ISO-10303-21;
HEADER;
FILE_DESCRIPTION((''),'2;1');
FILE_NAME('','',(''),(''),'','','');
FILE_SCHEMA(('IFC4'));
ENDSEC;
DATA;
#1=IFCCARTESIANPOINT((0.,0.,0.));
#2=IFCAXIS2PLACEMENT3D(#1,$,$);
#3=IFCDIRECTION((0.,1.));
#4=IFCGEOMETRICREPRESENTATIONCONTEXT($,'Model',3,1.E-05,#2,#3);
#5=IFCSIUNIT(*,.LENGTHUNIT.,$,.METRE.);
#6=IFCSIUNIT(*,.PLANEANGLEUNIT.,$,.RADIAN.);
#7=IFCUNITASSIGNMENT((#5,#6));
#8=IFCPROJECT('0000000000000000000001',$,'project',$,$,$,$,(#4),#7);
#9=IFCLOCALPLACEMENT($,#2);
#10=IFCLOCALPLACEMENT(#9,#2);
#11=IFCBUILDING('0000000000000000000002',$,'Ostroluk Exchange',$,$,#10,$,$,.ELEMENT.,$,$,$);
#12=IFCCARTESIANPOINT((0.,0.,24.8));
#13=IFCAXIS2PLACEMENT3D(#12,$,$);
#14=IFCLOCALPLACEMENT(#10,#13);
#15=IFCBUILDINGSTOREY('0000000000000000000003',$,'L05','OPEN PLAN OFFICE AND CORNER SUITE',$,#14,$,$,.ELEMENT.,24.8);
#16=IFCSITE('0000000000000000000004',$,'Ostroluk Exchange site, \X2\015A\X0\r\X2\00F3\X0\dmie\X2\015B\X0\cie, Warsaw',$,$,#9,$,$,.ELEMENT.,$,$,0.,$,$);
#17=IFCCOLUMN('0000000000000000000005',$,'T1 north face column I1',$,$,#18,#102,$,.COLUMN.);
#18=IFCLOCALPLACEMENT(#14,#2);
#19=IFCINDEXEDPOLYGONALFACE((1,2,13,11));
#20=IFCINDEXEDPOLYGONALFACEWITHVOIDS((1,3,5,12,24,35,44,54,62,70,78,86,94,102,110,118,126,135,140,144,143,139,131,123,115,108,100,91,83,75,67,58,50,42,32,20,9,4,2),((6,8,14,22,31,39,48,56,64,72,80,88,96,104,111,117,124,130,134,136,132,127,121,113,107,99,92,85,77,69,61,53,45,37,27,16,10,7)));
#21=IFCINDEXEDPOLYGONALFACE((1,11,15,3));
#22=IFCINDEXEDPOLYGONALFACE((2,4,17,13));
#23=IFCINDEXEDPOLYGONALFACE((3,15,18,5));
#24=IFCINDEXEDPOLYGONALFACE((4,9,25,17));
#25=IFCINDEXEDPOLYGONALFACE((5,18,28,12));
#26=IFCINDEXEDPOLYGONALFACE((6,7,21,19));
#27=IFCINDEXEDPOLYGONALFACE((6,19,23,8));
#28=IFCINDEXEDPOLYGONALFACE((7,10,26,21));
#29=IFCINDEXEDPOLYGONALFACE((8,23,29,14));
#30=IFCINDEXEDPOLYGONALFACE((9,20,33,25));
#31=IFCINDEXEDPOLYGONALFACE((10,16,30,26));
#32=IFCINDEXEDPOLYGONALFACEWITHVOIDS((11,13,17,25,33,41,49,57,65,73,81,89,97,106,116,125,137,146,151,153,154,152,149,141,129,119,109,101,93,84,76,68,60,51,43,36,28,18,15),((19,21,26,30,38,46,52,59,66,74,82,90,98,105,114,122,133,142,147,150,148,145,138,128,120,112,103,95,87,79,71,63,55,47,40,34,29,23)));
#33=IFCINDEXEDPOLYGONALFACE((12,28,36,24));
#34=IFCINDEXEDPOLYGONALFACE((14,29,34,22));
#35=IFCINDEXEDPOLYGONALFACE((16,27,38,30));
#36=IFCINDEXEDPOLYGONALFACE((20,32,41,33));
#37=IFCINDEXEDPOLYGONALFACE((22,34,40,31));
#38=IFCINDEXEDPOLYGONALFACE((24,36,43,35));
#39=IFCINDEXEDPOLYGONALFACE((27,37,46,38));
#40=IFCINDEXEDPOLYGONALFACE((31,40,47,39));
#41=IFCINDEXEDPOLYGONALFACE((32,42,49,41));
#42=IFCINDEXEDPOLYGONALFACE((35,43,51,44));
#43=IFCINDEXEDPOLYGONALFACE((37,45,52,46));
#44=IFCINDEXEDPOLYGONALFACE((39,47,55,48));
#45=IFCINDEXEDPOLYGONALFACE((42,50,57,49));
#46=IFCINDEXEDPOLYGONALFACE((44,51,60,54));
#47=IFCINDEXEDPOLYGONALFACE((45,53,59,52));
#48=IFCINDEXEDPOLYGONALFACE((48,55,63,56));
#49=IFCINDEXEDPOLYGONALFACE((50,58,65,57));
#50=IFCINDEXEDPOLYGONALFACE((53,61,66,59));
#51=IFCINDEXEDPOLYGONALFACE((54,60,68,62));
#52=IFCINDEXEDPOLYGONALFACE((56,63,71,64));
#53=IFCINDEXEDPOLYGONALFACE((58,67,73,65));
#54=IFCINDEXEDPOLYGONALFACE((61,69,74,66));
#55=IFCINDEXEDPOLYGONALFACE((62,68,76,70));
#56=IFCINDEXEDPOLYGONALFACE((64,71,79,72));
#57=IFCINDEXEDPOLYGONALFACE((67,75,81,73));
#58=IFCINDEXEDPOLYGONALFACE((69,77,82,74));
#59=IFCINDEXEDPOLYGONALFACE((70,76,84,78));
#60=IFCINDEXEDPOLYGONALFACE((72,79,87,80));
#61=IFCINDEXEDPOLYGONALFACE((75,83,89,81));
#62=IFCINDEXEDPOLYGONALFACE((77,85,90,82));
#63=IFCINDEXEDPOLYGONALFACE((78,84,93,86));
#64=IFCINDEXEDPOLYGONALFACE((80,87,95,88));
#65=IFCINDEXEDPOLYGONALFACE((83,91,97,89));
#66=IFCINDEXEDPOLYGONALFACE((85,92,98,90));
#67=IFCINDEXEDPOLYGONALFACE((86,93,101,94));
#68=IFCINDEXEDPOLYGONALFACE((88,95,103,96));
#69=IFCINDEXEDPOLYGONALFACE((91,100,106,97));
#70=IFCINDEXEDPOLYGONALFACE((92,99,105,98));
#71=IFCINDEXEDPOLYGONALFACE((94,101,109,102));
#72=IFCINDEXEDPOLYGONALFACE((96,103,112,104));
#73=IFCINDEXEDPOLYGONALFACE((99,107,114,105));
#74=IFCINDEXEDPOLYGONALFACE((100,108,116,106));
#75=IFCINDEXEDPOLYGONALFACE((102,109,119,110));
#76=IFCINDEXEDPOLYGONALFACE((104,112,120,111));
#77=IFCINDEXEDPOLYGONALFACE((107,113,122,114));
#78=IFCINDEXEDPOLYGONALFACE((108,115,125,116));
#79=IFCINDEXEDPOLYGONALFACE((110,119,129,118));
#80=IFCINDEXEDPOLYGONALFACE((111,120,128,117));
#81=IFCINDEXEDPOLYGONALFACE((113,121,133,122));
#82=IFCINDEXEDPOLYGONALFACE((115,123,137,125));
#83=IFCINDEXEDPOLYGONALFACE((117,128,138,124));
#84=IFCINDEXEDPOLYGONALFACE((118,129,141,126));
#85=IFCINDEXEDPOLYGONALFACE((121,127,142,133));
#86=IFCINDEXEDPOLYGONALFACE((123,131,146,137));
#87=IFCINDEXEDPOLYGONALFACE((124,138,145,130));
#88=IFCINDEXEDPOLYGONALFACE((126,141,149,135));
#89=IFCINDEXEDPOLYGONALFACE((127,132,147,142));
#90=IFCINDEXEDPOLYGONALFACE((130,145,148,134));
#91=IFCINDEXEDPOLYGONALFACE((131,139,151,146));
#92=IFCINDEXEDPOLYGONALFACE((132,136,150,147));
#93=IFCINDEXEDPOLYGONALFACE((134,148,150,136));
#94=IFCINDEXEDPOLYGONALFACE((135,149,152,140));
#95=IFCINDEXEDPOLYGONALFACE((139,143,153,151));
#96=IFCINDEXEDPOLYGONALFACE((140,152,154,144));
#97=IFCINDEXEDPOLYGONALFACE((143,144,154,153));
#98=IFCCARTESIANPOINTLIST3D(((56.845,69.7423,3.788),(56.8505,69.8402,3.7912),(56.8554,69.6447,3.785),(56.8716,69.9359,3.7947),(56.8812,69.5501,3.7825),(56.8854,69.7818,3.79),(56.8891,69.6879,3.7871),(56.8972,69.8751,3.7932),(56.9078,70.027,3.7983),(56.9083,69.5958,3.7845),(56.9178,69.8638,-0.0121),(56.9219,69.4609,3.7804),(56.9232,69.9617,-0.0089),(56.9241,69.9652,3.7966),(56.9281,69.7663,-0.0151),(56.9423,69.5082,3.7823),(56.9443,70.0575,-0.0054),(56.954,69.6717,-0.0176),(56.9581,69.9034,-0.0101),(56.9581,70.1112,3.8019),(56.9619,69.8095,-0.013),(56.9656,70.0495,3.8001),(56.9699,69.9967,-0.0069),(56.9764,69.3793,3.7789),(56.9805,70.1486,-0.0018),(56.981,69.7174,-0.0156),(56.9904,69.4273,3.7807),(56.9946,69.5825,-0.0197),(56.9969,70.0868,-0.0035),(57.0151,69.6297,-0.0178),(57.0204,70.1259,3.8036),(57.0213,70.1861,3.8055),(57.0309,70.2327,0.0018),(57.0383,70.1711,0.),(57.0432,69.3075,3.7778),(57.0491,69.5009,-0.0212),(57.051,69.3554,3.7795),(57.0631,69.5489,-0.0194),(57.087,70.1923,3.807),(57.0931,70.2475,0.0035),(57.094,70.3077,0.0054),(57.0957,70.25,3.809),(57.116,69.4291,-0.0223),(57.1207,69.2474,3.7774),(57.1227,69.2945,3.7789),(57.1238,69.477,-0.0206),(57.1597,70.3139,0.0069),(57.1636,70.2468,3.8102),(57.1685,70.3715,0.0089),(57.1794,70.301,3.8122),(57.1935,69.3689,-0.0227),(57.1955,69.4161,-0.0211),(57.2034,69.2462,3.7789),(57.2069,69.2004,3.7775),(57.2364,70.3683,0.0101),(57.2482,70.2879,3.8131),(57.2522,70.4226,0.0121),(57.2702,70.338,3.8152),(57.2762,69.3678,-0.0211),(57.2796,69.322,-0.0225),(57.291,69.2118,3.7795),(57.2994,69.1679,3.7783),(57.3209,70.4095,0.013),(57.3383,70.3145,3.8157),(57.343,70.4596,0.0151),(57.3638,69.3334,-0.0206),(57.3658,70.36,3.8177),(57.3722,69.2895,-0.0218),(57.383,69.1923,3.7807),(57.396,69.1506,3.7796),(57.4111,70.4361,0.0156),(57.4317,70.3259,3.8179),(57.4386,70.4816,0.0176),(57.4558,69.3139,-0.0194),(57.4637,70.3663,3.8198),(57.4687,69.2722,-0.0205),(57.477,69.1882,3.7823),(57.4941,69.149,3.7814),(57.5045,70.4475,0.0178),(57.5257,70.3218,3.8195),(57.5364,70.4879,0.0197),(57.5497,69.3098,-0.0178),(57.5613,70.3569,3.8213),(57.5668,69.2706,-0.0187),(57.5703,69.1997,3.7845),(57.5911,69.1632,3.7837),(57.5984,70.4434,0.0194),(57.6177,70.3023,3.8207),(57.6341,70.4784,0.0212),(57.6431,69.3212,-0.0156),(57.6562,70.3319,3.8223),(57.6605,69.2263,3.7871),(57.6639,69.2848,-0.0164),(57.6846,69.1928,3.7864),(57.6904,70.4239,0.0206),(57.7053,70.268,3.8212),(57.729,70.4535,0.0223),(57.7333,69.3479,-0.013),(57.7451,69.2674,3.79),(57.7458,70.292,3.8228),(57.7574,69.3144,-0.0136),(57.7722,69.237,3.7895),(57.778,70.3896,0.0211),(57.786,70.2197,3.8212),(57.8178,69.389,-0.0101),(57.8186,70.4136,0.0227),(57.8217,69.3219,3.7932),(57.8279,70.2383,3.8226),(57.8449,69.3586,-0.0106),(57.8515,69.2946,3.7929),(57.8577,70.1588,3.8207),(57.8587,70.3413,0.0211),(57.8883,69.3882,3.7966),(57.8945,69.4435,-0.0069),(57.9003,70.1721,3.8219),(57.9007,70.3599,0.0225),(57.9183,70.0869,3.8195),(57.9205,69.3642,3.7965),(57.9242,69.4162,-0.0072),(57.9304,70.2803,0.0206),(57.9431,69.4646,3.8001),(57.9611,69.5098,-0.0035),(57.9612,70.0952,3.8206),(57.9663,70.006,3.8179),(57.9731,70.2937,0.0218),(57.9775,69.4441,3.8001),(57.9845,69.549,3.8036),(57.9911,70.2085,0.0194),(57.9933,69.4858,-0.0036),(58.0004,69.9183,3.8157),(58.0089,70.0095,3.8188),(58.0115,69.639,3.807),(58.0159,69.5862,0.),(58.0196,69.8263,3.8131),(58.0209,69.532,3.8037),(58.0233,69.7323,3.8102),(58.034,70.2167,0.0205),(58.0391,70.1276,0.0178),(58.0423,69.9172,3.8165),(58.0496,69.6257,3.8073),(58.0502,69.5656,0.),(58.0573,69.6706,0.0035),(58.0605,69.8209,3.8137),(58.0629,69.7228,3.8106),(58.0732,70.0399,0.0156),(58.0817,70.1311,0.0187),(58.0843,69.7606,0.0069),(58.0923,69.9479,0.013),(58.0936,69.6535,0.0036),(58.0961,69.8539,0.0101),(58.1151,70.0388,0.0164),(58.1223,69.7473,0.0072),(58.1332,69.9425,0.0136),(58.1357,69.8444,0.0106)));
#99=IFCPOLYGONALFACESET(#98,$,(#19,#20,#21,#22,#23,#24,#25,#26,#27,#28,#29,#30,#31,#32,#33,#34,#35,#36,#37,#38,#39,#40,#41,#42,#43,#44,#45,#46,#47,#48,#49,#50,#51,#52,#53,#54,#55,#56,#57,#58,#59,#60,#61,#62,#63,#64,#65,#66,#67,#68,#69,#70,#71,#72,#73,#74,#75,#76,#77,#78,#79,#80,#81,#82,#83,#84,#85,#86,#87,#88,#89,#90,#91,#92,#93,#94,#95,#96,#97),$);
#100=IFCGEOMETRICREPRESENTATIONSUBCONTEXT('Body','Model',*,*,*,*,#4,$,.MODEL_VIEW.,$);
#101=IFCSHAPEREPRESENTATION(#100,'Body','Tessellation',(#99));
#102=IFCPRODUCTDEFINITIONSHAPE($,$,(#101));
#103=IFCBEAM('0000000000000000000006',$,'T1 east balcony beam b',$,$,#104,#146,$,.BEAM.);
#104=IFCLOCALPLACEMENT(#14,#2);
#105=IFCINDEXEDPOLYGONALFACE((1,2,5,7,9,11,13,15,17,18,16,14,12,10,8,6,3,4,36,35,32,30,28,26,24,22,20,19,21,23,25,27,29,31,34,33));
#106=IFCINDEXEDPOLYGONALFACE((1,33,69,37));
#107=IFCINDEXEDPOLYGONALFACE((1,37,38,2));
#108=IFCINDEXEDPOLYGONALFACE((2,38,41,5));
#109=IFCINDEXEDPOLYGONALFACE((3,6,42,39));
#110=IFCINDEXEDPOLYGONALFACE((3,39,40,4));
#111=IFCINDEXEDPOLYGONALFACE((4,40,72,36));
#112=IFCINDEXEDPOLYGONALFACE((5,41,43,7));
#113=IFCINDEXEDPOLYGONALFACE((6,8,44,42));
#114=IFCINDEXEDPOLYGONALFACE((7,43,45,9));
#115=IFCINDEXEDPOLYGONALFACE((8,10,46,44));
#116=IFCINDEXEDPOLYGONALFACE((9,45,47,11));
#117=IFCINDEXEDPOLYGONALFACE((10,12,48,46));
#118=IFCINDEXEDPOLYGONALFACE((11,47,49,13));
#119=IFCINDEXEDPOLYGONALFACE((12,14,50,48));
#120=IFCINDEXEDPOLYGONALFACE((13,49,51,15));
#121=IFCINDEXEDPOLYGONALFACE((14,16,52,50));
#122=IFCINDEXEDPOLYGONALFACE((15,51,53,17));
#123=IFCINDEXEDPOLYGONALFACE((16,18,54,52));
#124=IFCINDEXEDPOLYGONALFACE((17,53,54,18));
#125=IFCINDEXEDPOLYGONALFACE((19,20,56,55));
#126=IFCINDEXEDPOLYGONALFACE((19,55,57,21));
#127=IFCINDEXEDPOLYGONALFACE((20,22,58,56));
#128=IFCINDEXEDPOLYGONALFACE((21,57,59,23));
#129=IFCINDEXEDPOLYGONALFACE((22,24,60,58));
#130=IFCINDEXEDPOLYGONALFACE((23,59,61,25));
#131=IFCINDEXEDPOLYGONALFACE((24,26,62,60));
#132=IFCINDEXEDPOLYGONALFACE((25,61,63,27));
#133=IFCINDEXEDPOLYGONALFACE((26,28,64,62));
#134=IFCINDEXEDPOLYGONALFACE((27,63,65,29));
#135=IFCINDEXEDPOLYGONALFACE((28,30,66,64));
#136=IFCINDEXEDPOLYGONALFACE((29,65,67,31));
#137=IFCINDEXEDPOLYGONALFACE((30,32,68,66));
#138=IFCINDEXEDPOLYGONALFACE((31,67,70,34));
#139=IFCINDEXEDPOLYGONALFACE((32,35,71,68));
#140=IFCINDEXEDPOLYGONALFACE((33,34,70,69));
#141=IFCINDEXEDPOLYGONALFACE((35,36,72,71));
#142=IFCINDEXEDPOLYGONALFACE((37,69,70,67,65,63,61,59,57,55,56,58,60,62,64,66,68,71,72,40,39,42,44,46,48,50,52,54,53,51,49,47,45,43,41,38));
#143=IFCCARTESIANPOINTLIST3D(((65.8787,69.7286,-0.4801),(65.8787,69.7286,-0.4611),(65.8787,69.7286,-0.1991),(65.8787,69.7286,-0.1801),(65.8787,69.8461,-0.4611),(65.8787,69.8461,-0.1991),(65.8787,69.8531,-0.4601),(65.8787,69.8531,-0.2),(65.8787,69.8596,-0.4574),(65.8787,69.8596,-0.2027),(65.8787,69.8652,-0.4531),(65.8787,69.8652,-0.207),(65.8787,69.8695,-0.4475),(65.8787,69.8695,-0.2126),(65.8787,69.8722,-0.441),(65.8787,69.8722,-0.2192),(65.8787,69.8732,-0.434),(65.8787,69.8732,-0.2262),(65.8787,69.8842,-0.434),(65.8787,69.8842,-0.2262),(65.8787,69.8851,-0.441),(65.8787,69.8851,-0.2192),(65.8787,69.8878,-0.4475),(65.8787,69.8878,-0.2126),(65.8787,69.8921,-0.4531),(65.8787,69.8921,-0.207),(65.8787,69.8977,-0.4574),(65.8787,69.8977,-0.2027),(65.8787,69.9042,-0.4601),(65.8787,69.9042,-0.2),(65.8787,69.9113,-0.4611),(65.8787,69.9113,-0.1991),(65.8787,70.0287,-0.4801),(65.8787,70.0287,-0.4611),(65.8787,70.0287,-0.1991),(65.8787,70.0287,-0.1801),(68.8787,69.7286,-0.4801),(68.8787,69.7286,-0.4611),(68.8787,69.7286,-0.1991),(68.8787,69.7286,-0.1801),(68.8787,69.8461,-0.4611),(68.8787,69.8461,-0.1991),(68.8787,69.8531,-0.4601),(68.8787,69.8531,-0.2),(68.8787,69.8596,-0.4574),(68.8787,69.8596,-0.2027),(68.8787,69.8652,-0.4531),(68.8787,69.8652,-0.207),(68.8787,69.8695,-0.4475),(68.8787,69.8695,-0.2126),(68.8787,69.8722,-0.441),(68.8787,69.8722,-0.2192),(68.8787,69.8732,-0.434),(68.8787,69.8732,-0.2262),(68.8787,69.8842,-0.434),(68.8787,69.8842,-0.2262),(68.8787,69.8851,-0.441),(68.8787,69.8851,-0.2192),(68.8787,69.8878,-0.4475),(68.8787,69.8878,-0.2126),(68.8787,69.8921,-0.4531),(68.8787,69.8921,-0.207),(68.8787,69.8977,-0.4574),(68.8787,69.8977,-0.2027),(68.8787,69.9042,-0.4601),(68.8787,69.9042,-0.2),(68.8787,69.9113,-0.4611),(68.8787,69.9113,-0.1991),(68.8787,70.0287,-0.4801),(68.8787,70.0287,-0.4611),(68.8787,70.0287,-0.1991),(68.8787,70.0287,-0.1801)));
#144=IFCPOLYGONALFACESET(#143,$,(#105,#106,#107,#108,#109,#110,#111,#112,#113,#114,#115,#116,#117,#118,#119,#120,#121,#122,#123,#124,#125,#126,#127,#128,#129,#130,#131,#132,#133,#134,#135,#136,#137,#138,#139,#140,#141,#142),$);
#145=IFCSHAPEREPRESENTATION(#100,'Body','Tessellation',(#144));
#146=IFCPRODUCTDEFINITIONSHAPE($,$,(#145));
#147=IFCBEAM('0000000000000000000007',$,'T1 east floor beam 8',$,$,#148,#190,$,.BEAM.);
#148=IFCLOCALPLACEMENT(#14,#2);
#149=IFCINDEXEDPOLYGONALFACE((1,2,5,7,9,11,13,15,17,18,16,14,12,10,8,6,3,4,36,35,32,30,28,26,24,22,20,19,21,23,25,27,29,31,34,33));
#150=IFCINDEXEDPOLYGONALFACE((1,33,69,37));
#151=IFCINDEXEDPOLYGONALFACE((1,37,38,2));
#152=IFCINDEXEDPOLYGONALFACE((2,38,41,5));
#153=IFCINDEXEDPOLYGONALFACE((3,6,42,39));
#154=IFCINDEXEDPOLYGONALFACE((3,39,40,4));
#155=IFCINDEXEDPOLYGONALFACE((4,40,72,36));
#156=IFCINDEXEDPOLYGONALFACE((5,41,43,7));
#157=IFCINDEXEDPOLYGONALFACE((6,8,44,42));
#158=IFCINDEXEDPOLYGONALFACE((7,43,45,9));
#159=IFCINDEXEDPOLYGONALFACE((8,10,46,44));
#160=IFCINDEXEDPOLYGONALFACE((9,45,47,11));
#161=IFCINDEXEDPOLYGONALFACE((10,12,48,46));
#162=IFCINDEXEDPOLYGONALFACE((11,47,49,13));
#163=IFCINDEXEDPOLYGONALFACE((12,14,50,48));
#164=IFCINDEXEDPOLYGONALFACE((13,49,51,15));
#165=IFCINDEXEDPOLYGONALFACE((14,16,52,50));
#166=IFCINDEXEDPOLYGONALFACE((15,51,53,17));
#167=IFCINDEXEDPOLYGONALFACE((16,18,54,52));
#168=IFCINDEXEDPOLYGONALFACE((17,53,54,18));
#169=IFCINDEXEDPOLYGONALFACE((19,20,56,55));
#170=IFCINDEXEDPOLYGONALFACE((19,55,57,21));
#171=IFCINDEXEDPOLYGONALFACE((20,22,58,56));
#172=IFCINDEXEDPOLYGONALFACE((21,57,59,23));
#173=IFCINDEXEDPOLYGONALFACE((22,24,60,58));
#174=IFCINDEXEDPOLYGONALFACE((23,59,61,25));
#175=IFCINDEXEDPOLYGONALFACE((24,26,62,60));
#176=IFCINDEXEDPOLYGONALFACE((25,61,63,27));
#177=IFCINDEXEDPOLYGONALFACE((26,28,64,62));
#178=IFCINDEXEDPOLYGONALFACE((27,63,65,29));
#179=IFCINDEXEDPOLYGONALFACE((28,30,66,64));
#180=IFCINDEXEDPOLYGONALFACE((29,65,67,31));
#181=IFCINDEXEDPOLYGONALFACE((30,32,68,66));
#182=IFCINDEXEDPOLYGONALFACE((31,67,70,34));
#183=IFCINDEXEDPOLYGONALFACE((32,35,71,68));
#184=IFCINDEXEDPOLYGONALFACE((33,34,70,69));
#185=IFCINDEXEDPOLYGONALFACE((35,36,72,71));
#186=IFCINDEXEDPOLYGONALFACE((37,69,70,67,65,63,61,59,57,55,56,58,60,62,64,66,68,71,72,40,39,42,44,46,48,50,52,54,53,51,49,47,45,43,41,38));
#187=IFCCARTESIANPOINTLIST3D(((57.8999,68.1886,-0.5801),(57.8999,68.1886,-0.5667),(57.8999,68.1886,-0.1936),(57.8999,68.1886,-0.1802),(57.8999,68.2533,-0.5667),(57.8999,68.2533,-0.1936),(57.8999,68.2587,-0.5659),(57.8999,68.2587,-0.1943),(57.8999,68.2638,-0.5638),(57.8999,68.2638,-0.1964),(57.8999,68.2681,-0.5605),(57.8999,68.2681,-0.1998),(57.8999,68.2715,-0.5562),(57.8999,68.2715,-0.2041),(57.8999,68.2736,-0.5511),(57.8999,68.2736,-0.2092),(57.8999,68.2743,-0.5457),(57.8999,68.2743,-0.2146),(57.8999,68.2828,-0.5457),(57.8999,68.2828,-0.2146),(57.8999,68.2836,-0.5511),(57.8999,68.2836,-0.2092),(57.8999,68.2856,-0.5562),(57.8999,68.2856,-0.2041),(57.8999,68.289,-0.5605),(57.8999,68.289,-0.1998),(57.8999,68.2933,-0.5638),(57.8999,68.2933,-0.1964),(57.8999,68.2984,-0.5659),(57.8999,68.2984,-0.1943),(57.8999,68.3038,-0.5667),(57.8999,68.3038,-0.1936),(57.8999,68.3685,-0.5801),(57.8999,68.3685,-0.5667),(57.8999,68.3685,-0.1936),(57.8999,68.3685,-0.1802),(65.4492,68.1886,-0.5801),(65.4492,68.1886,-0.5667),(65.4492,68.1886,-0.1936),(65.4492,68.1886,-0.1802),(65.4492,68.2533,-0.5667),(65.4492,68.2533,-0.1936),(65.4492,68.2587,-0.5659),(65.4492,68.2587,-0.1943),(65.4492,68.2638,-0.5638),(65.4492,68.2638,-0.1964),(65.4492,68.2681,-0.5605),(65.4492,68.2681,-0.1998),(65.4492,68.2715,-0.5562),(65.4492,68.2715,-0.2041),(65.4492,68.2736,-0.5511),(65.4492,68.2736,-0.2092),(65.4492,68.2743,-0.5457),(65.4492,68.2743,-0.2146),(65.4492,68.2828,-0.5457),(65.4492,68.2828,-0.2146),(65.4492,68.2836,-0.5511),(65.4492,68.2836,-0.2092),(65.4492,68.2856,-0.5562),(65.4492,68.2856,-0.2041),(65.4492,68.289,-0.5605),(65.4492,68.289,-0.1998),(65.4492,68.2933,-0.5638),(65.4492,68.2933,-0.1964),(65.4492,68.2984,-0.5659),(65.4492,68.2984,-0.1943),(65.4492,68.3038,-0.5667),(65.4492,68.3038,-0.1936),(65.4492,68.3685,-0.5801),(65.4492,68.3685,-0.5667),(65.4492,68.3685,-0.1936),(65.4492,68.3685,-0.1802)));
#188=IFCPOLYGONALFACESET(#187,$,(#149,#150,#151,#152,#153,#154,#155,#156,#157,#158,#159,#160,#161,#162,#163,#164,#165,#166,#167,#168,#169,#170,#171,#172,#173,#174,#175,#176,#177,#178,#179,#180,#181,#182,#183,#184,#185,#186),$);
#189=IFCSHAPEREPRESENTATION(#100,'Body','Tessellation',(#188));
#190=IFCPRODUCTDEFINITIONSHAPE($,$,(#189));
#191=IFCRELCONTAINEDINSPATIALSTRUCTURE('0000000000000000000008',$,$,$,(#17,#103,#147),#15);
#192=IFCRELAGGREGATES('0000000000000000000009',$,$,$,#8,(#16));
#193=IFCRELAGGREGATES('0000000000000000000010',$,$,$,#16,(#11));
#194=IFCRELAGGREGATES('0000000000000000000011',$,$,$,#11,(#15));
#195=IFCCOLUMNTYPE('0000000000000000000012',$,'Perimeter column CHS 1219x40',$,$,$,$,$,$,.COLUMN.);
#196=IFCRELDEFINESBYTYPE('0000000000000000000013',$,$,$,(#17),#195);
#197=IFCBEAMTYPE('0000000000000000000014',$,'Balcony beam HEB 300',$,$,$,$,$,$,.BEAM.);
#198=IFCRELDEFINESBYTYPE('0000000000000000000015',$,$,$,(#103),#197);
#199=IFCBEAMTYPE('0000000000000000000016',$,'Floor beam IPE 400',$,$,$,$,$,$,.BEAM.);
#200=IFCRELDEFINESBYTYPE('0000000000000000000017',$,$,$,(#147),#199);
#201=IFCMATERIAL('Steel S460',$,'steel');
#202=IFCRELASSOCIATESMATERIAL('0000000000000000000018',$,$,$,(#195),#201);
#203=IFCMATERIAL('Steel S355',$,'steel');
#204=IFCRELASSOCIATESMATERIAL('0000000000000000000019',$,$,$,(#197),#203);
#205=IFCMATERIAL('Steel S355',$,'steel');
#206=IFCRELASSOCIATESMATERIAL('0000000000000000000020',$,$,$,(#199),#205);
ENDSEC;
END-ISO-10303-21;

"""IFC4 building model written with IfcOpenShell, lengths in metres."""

from ifc_helpers import new_model, si_unit, direction, frame, origin, origin_2d, place, context, subcontext, project, spatial, hollow_circle, i_section, extrude, material, material_profile, profile_set, type_object, element, save


model = new_model("IFC4")

# Units and contexts
model_context = context("Model", 3, precision=1e-05, world=origin(), true_north=direction((0.0, 1.0)))
body_context = subcontext(model_context, "Body", "Model", "MODEL_VIEW")
ifc_project = project(units=[si_unit("LENGTHUNIT", "METRE"), si_unit("PLANEANGLEUNIT", "RADIAN")], contexts=[model_context])

# Site, building, storey
site_placement = place(None, origin())
site = spatial("IfcSite", under=ifc_project, at=site_placement, Name="Ostroluk Exchange site, Śródmieście, Warsaw", CompositionType="ELEMENT", RefElevation=0.0)
building_placement = place(site_placement, origin())
building = spatial("IfcBuilding", under=site, at=building_placement, Name="Ostroluk Exchange", CompositionType="ELEMENT")
storey_placement = place(building_placement, frame((0.0, 0.0, 24.8)))
storey = spatial("IfcBuildingStorey", under=building, at=storey_placement, Name="L05", Description="OPEN PLAN OFFICE AND CORNER SUITE", CompositionType="ELEMENT", Elevation=24.8)

# Column
ifc_material_1 = material(Name="Steel S460", Category="steel")
ifc_material_profile_1 = material_profile(ifc_material_1, hollow_circle(Radius=0.6096, WallThickness=0.04, at=origin_2d()), Name="CHS 1219x40")
ifc_profile_set_1 = profile_set([ifc_material_profile_1], Name="Steel S460")
column_type = type_object("IfcColumnType", Name="Perimeter column CHS 1219x40", PredefinedType="COLUMN", material=ifc_profile_set_1)
column_placement = place(storey_placement, frame((57.5271, 69.8787, 0.0), z_axis=(-0.019132, -0.031973, 0.999306), x_axis=(0.8581, -0.513482, 0.0)))
element("IfcColumn", 1, at=column_placement, inside=storey, type_object=column_type, Name="T1 north face column I1", PredefinedType="COLUMN", context=body_context, shape_type="SweptSolid", body=[
    extrude(hollow_circle(Radius=0.6096, WallThickness=0.04, at=origin_2d()), origin(), (0.0, 0.0, 1.0), 3.8027),
])

# Beams
ifc_material_2 = material(Name="Steel S355", Category="steel")
ifc_material_profile_2 = material_profile(ifc_material_2, i_section(OverallWidth=0.3, OverallDepth=0.3, WebThickness=0.011, FlangeThickness=0.019, FilletRadius=0.0271, at=origin_2d()), Name="HEB 300")
ifc_profile_set_2 = profile_set([ifc_material_profile_2], Name="Steel S355")
beam_type_1 = type_object("IfcBeamType", Name="Balcony beam HEB 300", PredefinedType="BEAM", material=ifc_profile_set_2)
beam_1_placement = place(storey_placement, frame((65.8787, 69.8787, -0.3301), z_axis=(1.0, 0.0, 0.0), x_axis=(0.0, 1.0, 0.0)))
element("IfcBeam", 2, at=beam_1_placement, inside=storey, type_object=beam_type_1, Name="T1 east balcony beam b", PredefinedType="BEAM", context=body_context, shape_type="SweptSolid", body=[
    extrude(i_section(OverallWidth=0.3, OverallDepth=0.3, WebThickness=0.011, FlangeThickness=0.019, FilletRadius=0.0271, at=origin_2d()), origin(), (0.0, 0.0, 1.0), 3.0),
])
ifc_material_3 = material(Name="Steel S355", Category="steel")
ifc_material_profile_3 = material_profile(ifc_material_3, i_section(OverallWidth=0.1799, OverallDepth=0.3999, WebThickness=0.0085, FlangeThickness=0.0134, FilletRadius=0.021, at=origin_2d()), Name="IPE 400")
ifc_profile_set_3 = profile_set([ifc_material_profile_3], Name="Steel S355")
beam_type_2 = type_object("IfcBeamType", Name="Floor beam IPE 400", PredefinedType="BEAM", material=ifc_profile_set_3)
beam_2_placement = place(storey_placement, frame((57.8999, 68.2786, -0.3801), z_axis=(1.0, 0.0, 0.0), x_axis=(0.0, 1.0, 0.0)))
element("IfcBeam", 3, at=beam_2_placement, inside=storey, type_object=beam_type_2, Name="T1 east floor beam 8", PredefinedType="BEAM", context=body_context, shape_type="SweptSolid", body=[
    extrude(i_section(OverallWidth=0.1799, OverallDepth=0.3999, WebThickness=0.0085, FlangeThickness=0.0134, FilletRadius=0.021, at=origin_2d()), origin(), (0.0, 0.0, 1.0), 7.5493),
])

save(model, "model.ifc")
